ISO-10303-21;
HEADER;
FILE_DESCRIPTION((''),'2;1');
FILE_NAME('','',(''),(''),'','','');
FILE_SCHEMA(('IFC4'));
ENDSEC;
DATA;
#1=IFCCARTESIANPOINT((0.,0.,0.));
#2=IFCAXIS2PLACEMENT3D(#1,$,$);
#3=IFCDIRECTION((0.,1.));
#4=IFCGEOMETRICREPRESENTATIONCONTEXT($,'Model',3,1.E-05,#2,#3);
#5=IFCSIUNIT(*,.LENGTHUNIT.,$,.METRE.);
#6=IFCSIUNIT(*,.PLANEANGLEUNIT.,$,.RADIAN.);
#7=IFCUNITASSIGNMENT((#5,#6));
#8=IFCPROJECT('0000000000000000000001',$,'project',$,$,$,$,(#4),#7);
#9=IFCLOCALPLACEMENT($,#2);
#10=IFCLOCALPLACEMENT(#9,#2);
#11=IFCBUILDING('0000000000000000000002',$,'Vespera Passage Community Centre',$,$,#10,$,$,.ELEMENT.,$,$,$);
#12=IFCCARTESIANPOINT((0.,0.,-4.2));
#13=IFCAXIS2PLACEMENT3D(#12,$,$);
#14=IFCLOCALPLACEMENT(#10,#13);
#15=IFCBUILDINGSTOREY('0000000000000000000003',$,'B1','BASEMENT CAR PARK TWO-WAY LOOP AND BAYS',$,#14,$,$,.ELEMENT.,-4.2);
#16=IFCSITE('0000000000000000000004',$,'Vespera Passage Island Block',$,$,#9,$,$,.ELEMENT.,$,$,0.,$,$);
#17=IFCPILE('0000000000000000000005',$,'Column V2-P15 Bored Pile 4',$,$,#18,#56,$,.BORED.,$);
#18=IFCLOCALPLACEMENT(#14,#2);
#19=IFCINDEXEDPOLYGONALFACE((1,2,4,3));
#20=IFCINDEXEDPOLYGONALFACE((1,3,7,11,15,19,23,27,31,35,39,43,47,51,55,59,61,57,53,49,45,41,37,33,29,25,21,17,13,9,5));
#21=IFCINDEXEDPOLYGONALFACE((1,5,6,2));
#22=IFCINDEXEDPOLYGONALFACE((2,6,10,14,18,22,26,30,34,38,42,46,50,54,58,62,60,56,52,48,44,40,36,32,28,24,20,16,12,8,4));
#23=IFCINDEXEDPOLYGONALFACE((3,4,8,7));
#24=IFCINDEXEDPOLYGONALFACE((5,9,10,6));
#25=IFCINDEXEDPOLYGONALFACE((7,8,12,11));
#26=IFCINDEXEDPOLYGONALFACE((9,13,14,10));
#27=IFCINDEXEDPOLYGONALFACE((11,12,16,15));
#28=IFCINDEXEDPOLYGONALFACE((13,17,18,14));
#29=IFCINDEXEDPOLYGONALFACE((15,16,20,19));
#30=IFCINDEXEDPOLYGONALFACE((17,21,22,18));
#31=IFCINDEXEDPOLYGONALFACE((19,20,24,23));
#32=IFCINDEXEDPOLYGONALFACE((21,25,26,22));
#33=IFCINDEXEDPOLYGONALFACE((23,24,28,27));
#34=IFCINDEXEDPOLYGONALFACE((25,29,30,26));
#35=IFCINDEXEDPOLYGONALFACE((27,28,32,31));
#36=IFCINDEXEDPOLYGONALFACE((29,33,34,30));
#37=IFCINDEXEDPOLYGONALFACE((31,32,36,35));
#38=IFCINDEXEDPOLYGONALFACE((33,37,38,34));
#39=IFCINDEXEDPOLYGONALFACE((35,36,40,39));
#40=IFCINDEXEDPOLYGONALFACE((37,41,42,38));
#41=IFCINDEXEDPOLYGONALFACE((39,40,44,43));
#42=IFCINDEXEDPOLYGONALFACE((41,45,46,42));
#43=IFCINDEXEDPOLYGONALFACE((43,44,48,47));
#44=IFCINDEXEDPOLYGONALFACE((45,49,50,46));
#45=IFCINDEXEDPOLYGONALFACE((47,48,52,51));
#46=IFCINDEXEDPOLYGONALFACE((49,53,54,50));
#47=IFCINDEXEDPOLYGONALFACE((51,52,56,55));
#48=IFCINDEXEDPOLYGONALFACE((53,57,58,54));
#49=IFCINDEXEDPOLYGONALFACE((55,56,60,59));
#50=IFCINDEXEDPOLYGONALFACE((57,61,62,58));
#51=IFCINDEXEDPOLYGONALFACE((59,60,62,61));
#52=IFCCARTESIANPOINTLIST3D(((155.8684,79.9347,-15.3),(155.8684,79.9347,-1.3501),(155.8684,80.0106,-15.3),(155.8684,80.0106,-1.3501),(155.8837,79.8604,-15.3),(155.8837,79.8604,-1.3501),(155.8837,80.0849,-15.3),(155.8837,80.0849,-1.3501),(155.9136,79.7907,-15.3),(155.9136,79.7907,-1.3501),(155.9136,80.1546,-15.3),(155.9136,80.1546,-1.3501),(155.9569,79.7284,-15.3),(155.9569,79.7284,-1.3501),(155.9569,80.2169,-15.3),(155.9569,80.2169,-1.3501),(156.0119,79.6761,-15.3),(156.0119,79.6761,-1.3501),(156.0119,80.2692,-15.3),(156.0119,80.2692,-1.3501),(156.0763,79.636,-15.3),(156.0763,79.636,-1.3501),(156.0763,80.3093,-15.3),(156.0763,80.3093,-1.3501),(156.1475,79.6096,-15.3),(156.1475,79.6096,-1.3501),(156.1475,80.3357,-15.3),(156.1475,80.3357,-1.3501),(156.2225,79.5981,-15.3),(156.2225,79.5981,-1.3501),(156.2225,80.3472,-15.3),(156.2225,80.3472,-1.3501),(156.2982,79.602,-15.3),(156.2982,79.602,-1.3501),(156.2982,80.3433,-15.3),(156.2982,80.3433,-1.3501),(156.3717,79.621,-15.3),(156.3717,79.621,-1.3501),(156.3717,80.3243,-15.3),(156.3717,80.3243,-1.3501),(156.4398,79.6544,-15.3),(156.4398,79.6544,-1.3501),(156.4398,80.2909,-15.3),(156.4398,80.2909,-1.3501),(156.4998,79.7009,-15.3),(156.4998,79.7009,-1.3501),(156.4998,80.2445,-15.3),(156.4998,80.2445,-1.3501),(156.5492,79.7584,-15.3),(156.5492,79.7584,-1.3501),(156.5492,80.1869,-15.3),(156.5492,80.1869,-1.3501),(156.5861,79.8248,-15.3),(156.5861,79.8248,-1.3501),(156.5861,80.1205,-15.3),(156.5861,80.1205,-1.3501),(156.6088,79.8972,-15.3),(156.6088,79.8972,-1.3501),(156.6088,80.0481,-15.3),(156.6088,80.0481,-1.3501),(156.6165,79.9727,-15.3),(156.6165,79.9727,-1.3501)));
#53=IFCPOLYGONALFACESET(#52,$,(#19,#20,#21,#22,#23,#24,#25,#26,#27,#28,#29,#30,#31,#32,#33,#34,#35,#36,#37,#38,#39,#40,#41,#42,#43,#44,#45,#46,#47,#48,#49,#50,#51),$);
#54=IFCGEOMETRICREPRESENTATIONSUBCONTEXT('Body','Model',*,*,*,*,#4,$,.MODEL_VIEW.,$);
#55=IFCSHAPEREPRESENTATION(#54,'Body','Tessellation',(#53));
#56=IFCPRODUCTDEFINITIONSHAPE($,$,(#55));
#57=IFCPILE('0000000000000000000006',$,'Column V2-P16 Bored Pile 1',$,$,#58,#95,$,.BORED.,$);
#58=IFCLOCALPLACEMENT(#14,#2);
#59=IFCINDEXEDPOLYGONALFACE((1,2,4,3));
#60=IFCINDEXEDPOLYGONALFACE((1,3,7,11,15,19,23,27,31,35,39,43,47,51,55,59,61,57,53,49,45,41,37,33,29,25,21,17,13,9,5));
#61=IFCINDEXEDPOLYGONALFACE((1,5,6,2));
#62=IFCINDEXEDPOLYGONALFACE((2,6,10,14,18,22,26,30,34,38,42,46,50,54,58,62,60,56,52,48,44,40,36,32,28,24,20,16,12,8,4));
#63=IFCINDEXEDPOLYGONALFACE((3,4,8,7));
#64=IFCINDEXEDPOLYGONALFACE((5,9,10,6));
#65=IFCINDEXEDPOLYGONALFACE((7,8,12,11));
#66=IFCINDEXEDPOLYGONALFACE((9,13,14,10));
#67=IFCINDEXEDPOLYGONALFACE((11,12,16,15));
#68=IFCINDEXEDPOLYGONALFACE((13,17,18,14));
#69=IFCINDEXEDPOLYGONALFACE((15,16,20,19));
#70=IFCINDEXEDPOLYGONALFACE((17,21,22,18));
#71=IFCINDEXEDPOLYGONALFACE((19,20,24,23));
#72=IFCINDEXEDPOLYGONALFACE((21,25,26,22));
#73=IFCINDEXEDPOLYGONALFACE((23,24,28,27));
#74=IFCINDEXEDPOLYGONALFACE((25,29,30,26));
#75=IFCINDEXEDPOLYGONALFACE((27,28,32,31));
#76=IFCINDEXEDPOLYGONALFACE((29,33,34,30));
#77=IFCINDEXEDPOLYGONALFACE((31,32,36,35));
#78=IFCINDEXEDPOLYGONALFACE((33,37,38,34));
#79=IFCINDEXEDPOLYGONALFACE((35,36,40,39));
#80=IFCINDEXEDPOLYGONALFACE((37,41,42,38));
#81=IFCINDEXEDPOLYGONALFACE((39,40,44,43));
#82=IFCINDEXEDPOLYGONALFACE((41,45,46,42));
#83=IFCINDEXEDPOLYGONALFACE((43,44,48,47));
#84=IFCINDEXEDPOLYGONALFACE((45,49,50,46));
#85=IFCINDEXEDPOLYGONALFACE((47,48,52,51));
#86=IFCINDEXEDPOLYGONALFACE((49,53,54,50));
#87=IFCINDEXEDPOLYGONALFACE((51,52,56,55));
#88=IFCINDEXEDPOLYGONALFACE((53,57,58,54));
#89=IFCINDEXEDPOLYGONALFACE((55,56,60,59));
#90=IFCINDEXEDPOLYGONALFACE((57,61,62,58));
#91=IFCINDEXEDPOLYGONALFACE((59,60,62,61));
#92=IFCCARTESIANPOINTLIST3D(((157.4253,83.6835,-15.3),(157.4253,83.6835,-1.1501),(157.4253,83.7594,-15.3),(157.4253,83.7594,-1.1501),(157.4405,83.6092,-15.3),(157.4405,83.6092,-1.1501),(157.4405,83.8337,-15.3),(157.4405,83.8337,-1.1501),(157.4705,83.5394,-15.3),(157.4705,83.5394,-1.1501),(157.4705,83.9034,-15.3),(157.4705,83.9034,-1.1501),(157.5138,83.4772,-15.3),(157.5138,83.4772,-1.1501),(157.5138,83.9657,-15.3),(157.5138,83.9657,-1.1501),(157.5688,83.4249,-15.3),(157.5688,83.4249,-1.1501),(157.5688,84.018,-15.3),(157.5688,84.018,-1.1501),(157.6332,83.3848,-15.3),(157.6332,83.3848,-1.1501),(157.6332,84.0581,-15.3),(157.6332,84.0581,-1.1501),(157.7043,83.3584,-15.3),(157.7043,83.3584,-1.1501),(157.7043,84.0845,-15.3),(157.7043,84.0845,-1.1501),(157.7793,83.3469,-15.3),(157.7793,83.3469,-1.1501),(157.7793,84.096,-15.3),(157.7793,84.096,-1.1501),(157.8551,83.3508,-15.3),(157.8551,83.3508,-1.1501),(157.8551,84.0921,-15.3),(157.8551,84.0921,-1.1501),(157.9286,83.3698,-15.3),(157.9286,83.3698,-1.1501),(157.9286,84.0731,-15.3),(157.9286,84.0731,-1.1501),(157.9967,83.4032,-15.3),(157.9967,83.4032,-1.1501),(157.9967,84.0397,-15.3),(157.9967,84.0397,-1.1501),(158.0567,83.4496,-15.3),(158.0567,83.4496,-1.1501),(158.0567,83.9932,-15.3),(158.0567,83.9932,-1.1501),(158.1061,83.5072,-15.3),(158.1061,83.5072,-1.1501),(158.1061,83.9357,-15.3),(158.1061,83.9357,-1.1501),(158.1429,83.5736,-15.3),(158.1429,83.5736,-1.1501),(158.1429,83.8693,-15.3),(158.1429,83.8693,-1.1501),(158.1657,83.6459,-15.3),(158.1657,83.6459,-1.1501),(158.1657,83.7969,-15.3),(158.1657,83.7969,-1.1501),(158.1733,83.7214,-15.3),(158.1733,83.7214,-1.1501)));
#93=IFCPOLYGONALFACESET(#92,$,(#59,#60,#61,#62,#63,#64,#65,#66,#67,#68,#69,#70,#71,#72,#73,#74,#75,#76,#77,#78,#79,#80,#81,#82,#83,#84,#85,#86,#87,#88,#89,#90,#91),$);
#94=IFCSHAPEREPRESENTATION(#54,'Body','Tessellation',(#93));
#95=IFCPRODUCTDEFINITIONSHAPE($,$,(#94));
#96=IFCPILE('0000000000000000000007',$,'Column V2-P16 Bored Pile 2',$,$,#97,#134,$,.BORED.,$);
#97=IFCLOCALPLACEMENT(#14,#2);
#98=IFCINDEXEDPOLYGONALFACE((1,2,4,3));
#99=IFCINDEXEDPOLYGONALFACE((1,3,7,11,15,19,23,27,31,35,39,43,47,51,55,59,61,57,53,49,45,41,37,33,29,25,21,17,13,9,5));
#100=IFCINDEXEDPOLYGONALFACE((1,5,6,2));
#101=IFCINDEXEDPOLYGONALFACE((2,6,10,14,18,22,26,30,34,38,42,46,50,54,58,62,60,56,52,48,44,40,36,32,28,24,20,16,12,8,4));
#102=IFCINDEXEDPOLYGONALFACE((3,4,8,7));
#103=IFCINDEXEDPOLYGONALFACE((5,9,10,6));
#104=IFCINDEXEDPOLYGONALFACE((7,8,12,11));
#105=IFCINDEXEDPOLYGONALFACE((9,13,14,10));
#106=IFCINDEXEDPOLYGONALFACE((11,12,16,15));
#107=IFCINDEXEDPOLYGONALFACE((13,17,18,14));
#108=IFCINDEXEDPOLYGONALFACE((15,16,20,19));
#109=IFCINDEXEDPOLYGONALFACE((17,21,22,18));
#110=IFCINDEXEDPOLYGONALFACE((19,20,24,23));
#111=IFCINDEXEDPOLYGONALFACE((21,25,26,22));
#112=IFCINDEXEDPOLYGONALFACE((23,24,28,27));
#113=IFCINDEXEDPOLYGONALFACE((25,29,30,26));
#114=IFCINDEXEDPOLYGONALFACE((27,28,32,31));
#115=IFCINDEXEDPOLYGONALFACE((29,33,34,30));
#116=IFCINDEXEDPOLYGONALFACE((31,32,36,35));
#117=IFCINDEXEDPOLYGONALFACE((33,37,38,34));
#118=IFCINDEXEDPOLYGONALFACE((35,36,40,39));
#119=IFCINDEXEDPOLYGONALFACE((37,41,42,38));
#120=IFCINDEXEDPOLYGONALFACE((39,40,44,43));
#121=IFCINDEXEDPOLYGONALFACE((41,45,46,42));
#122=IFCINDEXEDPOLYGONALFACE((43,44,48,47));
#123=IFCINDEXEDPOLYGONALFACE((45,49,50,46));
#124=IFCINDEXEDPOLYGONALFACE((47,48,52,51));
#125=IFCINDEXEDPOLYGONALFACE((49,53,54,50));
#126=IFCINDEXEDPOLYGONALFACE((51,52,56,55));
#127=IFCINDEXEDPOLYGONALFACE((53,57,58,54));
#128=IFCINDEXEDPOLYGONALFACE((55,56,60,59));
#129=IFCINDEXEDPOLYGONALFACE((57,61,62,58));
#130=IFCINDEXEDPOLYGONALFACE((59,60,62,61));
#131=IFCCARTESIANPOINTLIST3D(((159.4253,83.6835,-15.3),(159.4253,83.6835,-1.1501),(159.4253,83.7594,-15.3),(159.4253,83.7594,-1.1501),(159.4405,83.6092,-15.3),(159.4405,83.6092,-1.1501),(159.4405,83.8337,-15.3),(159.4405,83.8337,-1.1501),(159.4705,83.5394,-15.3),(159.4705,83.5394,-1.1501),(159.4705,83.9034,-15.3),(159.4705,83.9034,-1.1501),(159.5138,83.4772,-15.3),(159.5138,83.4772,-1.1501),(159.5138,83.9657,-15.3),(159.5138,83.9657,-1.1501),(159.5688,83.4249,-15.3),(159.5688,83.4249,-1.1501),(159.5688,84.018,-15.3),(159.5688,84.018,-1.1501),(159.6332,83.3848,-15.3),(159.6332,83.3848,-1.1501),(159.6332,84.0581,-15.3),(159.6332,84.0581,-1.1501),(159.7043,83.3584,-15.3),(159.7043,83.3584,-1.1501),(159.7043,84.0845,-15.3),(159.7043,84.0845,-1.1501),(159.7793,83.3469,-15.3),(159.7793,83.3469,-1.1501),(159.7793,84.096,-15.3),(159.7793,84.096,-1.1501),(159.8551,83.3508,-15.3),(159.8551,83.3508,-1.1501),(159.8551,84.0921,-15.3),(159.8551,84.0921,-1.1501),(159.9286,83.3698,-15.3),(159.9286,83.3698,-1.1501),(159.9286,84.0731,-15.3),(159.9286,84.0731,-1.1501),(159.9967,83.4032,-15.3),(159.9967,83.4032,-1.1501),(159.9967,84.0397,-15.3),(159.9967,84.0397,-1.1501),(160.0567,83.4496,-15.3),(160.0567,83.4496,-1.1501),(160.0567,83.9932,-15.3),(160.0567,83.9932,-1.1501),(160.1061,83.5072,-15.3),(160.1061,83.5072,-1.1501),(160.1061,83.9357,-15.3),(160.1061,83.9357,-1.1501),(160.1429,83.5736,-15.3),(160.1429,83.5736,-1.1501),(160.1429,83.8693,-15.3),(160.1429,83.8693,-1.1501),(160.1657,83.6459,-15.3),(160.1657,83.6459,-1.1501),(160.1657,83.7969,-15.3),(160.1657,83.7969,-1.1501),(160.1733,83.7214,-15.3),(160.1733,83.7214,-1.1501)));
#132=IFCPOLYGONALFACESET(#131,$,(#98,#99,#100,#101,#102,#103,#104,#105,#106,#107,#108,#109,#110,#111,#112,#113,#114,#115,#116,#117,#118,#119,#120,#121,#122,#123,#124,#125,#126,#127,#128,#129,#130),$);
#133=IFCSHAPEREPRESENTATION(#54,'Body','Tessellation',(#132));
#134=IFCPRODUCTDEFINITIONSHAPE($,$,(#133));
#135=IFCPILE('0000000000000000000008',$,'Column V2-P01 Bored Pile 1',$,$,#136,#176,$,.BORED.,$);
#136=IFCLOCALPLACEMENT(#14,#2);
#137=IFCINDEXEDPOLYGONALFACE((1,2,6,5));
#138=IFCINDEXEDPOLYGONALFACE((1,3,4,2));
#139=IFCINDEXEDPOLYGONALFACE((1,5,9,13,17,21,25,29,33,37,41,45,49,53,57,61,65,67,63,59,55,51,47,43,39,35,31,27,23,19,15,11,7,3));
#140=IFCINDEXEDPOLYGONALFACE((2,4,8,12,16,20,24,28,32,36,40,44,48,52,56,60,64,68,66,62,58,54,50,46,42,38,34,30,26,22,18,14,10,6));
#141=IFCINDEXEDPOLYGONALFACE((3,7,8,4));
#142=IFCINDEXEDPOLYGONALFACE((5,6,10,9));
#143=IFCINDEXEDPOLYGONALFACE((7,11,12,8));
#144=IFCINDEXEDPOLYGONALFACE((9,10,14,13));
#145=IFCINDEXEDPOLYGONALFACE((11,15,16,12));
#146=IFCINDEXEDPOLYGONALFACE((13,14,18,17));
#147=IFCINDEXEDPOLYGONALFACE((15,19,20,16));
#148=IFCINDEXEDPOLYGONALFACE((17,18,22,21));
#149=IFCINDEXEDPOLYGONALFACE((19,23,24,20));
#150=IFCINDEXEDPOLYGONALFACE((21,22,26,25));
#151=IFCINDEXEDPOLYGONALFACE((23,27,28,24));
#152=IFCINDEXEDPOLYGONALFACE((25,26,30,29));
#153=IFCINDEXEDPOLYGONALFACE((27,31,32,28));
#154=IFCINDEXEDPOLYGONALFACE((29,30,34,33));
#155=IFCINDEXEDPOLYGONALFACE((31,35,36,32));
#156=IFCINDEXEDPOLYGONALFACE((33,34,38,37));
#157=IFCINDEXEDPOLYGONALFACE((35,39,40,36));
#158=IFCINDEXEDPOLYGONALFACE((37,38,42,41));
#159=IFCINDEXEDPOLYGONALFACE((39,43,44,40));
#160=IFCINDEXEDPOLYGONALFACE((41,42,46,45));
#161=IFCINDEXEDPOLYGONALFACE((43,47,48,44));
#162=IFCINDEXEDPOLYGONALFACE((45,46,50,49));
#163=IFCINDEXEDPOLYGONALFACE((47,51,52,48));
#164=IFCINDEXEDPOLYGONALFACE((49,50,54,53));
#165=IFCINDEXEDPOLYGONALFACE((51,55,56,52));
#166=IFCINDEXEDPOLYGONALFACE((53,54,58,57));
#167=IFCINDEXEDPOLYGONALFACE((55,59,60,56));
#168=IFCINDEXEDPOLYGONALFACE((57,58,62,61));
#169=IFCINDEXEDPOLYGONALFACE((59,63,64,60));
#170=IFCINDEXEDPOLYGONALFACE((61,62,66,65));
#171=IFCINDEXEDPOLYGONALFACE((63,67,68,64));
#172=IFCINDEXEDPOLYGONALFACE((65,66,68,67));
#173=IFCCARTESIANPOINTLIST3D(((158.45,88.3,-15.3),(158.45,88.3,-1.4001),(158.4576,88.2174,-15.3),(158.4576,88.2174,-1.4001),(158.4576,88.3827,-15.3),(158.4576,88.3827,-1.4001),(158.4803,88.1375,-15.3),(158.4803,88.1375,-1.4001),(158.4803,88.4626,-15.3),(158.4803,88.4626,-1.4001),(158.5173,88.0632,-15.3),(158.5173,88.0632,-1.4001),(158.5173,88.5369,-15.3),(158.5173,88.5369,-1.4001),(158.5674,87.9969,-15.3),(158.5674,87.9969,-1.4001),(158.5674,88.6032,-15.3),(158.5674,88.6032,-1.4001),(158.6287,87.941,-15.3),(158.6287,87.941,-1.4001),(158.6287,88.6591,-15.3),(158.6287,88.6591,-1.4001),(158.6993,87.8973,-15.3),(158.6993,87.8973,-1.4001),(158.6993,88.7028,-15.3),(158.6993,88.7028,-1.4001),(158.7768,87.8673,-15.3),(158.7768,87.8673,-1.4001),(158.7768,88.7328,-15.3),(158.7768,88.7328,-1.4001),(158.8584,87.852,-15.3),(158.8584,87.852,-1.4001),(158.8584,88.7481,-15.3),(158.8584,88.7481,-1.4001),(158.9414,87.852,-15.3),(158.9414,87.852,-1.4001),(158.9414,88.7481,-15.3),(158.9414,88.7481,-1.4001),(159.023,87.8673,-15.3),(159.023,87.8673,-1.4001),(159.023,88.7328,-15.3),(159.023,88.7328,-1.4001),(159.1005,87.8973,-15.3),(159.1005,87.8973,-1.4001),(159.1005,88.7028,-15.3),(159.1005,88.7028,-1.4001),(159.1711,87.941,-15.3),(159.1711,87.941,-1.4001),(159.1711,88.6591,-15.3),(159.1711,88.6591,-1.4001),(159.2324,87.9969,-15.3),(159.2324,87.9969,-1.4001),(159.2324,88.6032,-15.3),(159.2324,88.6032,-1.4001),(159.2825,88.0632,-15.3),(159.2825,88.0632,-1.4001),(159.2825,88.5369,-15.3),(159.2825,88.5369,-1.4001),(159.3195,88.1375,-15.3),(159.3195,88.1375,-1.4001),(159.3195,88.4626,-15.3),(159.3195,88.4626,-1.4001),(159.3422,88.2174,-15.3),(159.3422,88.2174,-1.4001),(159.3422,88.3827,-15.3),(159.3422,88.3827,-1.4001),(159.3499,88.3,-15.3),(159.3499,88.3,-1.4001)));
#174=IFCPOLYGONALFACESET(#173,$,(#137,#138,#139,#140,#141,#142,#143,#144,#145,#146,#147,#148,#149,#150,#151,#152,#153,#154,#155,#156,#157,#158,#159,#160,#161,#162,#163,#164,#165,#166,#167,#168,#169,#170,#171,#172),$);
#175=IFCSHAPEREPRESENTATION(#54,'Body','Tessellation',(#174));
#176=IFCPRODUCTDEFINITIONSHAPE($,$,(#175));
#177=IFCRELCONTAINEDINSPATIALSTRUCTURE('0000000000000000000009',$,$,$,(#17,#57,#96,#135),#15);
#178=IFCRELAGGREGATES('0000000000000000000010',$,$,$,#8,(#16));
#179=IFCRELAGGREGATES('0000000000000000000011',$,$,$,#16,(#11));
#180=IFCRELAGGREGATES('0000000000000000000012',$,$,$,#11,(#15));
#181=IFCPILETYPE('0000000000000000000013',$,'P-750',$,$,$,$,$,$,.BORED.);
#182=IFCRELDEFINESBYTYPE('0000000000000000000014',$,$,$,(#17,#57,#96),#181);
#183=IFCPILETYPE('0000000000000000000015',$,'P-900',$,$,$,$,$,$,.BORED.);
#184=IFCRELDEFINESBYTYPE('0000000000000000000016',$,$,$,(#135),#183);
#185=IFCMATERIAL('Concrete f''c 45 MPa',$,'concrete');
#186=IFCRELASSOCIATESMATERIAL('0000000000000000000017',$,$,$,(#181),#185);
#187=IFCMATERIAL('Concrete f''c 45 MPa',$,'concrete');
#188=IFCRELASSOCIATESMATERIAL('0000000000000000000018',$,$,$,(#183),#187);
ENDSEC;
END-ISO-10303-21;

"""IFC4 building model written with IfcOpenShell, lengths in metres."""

from ifc_helpers import new_model, si_unit, direction, frame, origin, origin_2d, place, context, subcontext, project, spatial, circle, extrude, material, material_profile, profile_set, type_object, element, save


model = new_model("IFC4")

# Units and contexts
model_context = context("Model", 3, precision=1e-05, world=origin(), true_north=direction((0.0, 1.0)))
body_context = subcontext(model_context, "Body", "Model", "MODEL_VIEW")
ifc_project = project(units=[si_unit("LENGTHUNIT", "METRE"), si_unit("PLANEANGLEUNIT", "RADIAN")], contexts=[model_context])

# Site, building, storey
site_placement = place(None, origin())
site = spatial("IfcSite", under=ifc_project, at=site_placement, Name="Vespera Passage Island Block", CompositionType="ELEMENT", RefElevation=0.0)
building_placement = place(site_placement, origin())
building = spatial("IfcBuilding", under=site, at=building_placement, Name="Vespera Passage Community Centre", CompositionType="ELEMENT")
storey_placement = place(building_placement, frame((0.0, 0.0, -4.2)))
storey = spatial("IfcBuildingStorey", under=building, at=storey_placement, Name="B1", Description="BASEMENT CAR PARK TWO-WAY LOOP AND BAYS", CompositionType="ELEMENT", Elevation=-4.2)

# Piles
ifc_material_1 = material(Name="Concrete f'c 45 MPa", Category="concrete")
ifc_material_profile_1 = material_profile(ifc_material_1, circle(Radius=0.375, at=origin_2d()), Name="PILE750DIA")
ifc_profile_set_1 = profile_set([ifc_material_profile_1], Name="Concrete f'c 45 MPa")
pile_type_1 = type_object("IfcPileType", Name="P-750", PredefinedType="BORED", material=ifc_profile_set_1)
for number, where, z_axis, x_axis, name in (
    (1, (156.2415, 79.9727, -1.3501), (0.0, 0.0, -1.0), (1.0, 0.0, 0.0), "Column V2-P15 Bored Pile 4"),
):
    element("IfcPile", number, at=place(storey_placement, frame(where, z_axis=z_axis, x_axis=x_axis)), inside=storey, type_object=pile_type_1, Name=name, PredefinedType="BORED", context=body_context, shape_type="SweptSolid", body=[
        extrude(circle(Radius=0.375, at=origin_2d()), origin(), (0.0, 0.0, 1.0), 13.95),
    ])
for number, where, z_axis, x_axis, name in (
    (2, (157.7983, 83.7214, -1.1501), (0.0, 0.0, -1.0), (1.0, 0.0, 0.0), "Column V2-P16 Bored Pile 1"),
    (3, (159.7983, 83.7214, -1.1501), (0.0, 0.0, -1.0), (1.0, 0.0, 0.0), "Column V2-P16 Bored Pile 2"),
):
    element("IfcPile", number, at=place(storey_placement, frame(where, z_axis=z_axis, x_axis=x_axis)), inside=storey, type_object=pile_type_1, Name=name, PredefinedType="BORED", context=body_context, shape_type="SweptSolid", body=[
        extrude(circle(Radius=0.375, at=origin_2d()), origin(), (0.0, 0.0, 1.0), 14.1499),
    ])
ifc_material_2 = material(Name="Concrete f'c 45 MPa", Category="concrete")
ifc_material_profile_2 = material_profile(ifc_material_2, circle(Radius=0.45, at=origin_2d()), Name="PILE900DIA")
ifc_profile_set_2 = profile_set([ifc_material_profile_2], Name="Concrete f'c 45 MPa")
pile_type_2 = type_object("IfcPileType", Name="P-900", PredefinedType="BORED", material=ifc_profile_set_2)
for number, where, z_axis, x_axis, name in (
    (4, (158.8999, 88.3, -1.4001), (0.0, 0.0, -1.0), (1.0, 0.0, 0.0), "Column V2-P01 Bored Pile 1"),
):
    element("IfcPile", number, at=place(storey_placement, frame(where, z_axis=z_axis, x_axis=x_axis)), inside=storey, type_object=pile_type_2, Name=name, PredefinedType="BORED", context=body_context, shape_type="SweptSolid", body=[
        extrude(circle(Radius=0.45, at=origin_2d()), origin(), (0.0, 0.0, 1.0), 13.8999),
    ])

save(model, "model.ifc")
